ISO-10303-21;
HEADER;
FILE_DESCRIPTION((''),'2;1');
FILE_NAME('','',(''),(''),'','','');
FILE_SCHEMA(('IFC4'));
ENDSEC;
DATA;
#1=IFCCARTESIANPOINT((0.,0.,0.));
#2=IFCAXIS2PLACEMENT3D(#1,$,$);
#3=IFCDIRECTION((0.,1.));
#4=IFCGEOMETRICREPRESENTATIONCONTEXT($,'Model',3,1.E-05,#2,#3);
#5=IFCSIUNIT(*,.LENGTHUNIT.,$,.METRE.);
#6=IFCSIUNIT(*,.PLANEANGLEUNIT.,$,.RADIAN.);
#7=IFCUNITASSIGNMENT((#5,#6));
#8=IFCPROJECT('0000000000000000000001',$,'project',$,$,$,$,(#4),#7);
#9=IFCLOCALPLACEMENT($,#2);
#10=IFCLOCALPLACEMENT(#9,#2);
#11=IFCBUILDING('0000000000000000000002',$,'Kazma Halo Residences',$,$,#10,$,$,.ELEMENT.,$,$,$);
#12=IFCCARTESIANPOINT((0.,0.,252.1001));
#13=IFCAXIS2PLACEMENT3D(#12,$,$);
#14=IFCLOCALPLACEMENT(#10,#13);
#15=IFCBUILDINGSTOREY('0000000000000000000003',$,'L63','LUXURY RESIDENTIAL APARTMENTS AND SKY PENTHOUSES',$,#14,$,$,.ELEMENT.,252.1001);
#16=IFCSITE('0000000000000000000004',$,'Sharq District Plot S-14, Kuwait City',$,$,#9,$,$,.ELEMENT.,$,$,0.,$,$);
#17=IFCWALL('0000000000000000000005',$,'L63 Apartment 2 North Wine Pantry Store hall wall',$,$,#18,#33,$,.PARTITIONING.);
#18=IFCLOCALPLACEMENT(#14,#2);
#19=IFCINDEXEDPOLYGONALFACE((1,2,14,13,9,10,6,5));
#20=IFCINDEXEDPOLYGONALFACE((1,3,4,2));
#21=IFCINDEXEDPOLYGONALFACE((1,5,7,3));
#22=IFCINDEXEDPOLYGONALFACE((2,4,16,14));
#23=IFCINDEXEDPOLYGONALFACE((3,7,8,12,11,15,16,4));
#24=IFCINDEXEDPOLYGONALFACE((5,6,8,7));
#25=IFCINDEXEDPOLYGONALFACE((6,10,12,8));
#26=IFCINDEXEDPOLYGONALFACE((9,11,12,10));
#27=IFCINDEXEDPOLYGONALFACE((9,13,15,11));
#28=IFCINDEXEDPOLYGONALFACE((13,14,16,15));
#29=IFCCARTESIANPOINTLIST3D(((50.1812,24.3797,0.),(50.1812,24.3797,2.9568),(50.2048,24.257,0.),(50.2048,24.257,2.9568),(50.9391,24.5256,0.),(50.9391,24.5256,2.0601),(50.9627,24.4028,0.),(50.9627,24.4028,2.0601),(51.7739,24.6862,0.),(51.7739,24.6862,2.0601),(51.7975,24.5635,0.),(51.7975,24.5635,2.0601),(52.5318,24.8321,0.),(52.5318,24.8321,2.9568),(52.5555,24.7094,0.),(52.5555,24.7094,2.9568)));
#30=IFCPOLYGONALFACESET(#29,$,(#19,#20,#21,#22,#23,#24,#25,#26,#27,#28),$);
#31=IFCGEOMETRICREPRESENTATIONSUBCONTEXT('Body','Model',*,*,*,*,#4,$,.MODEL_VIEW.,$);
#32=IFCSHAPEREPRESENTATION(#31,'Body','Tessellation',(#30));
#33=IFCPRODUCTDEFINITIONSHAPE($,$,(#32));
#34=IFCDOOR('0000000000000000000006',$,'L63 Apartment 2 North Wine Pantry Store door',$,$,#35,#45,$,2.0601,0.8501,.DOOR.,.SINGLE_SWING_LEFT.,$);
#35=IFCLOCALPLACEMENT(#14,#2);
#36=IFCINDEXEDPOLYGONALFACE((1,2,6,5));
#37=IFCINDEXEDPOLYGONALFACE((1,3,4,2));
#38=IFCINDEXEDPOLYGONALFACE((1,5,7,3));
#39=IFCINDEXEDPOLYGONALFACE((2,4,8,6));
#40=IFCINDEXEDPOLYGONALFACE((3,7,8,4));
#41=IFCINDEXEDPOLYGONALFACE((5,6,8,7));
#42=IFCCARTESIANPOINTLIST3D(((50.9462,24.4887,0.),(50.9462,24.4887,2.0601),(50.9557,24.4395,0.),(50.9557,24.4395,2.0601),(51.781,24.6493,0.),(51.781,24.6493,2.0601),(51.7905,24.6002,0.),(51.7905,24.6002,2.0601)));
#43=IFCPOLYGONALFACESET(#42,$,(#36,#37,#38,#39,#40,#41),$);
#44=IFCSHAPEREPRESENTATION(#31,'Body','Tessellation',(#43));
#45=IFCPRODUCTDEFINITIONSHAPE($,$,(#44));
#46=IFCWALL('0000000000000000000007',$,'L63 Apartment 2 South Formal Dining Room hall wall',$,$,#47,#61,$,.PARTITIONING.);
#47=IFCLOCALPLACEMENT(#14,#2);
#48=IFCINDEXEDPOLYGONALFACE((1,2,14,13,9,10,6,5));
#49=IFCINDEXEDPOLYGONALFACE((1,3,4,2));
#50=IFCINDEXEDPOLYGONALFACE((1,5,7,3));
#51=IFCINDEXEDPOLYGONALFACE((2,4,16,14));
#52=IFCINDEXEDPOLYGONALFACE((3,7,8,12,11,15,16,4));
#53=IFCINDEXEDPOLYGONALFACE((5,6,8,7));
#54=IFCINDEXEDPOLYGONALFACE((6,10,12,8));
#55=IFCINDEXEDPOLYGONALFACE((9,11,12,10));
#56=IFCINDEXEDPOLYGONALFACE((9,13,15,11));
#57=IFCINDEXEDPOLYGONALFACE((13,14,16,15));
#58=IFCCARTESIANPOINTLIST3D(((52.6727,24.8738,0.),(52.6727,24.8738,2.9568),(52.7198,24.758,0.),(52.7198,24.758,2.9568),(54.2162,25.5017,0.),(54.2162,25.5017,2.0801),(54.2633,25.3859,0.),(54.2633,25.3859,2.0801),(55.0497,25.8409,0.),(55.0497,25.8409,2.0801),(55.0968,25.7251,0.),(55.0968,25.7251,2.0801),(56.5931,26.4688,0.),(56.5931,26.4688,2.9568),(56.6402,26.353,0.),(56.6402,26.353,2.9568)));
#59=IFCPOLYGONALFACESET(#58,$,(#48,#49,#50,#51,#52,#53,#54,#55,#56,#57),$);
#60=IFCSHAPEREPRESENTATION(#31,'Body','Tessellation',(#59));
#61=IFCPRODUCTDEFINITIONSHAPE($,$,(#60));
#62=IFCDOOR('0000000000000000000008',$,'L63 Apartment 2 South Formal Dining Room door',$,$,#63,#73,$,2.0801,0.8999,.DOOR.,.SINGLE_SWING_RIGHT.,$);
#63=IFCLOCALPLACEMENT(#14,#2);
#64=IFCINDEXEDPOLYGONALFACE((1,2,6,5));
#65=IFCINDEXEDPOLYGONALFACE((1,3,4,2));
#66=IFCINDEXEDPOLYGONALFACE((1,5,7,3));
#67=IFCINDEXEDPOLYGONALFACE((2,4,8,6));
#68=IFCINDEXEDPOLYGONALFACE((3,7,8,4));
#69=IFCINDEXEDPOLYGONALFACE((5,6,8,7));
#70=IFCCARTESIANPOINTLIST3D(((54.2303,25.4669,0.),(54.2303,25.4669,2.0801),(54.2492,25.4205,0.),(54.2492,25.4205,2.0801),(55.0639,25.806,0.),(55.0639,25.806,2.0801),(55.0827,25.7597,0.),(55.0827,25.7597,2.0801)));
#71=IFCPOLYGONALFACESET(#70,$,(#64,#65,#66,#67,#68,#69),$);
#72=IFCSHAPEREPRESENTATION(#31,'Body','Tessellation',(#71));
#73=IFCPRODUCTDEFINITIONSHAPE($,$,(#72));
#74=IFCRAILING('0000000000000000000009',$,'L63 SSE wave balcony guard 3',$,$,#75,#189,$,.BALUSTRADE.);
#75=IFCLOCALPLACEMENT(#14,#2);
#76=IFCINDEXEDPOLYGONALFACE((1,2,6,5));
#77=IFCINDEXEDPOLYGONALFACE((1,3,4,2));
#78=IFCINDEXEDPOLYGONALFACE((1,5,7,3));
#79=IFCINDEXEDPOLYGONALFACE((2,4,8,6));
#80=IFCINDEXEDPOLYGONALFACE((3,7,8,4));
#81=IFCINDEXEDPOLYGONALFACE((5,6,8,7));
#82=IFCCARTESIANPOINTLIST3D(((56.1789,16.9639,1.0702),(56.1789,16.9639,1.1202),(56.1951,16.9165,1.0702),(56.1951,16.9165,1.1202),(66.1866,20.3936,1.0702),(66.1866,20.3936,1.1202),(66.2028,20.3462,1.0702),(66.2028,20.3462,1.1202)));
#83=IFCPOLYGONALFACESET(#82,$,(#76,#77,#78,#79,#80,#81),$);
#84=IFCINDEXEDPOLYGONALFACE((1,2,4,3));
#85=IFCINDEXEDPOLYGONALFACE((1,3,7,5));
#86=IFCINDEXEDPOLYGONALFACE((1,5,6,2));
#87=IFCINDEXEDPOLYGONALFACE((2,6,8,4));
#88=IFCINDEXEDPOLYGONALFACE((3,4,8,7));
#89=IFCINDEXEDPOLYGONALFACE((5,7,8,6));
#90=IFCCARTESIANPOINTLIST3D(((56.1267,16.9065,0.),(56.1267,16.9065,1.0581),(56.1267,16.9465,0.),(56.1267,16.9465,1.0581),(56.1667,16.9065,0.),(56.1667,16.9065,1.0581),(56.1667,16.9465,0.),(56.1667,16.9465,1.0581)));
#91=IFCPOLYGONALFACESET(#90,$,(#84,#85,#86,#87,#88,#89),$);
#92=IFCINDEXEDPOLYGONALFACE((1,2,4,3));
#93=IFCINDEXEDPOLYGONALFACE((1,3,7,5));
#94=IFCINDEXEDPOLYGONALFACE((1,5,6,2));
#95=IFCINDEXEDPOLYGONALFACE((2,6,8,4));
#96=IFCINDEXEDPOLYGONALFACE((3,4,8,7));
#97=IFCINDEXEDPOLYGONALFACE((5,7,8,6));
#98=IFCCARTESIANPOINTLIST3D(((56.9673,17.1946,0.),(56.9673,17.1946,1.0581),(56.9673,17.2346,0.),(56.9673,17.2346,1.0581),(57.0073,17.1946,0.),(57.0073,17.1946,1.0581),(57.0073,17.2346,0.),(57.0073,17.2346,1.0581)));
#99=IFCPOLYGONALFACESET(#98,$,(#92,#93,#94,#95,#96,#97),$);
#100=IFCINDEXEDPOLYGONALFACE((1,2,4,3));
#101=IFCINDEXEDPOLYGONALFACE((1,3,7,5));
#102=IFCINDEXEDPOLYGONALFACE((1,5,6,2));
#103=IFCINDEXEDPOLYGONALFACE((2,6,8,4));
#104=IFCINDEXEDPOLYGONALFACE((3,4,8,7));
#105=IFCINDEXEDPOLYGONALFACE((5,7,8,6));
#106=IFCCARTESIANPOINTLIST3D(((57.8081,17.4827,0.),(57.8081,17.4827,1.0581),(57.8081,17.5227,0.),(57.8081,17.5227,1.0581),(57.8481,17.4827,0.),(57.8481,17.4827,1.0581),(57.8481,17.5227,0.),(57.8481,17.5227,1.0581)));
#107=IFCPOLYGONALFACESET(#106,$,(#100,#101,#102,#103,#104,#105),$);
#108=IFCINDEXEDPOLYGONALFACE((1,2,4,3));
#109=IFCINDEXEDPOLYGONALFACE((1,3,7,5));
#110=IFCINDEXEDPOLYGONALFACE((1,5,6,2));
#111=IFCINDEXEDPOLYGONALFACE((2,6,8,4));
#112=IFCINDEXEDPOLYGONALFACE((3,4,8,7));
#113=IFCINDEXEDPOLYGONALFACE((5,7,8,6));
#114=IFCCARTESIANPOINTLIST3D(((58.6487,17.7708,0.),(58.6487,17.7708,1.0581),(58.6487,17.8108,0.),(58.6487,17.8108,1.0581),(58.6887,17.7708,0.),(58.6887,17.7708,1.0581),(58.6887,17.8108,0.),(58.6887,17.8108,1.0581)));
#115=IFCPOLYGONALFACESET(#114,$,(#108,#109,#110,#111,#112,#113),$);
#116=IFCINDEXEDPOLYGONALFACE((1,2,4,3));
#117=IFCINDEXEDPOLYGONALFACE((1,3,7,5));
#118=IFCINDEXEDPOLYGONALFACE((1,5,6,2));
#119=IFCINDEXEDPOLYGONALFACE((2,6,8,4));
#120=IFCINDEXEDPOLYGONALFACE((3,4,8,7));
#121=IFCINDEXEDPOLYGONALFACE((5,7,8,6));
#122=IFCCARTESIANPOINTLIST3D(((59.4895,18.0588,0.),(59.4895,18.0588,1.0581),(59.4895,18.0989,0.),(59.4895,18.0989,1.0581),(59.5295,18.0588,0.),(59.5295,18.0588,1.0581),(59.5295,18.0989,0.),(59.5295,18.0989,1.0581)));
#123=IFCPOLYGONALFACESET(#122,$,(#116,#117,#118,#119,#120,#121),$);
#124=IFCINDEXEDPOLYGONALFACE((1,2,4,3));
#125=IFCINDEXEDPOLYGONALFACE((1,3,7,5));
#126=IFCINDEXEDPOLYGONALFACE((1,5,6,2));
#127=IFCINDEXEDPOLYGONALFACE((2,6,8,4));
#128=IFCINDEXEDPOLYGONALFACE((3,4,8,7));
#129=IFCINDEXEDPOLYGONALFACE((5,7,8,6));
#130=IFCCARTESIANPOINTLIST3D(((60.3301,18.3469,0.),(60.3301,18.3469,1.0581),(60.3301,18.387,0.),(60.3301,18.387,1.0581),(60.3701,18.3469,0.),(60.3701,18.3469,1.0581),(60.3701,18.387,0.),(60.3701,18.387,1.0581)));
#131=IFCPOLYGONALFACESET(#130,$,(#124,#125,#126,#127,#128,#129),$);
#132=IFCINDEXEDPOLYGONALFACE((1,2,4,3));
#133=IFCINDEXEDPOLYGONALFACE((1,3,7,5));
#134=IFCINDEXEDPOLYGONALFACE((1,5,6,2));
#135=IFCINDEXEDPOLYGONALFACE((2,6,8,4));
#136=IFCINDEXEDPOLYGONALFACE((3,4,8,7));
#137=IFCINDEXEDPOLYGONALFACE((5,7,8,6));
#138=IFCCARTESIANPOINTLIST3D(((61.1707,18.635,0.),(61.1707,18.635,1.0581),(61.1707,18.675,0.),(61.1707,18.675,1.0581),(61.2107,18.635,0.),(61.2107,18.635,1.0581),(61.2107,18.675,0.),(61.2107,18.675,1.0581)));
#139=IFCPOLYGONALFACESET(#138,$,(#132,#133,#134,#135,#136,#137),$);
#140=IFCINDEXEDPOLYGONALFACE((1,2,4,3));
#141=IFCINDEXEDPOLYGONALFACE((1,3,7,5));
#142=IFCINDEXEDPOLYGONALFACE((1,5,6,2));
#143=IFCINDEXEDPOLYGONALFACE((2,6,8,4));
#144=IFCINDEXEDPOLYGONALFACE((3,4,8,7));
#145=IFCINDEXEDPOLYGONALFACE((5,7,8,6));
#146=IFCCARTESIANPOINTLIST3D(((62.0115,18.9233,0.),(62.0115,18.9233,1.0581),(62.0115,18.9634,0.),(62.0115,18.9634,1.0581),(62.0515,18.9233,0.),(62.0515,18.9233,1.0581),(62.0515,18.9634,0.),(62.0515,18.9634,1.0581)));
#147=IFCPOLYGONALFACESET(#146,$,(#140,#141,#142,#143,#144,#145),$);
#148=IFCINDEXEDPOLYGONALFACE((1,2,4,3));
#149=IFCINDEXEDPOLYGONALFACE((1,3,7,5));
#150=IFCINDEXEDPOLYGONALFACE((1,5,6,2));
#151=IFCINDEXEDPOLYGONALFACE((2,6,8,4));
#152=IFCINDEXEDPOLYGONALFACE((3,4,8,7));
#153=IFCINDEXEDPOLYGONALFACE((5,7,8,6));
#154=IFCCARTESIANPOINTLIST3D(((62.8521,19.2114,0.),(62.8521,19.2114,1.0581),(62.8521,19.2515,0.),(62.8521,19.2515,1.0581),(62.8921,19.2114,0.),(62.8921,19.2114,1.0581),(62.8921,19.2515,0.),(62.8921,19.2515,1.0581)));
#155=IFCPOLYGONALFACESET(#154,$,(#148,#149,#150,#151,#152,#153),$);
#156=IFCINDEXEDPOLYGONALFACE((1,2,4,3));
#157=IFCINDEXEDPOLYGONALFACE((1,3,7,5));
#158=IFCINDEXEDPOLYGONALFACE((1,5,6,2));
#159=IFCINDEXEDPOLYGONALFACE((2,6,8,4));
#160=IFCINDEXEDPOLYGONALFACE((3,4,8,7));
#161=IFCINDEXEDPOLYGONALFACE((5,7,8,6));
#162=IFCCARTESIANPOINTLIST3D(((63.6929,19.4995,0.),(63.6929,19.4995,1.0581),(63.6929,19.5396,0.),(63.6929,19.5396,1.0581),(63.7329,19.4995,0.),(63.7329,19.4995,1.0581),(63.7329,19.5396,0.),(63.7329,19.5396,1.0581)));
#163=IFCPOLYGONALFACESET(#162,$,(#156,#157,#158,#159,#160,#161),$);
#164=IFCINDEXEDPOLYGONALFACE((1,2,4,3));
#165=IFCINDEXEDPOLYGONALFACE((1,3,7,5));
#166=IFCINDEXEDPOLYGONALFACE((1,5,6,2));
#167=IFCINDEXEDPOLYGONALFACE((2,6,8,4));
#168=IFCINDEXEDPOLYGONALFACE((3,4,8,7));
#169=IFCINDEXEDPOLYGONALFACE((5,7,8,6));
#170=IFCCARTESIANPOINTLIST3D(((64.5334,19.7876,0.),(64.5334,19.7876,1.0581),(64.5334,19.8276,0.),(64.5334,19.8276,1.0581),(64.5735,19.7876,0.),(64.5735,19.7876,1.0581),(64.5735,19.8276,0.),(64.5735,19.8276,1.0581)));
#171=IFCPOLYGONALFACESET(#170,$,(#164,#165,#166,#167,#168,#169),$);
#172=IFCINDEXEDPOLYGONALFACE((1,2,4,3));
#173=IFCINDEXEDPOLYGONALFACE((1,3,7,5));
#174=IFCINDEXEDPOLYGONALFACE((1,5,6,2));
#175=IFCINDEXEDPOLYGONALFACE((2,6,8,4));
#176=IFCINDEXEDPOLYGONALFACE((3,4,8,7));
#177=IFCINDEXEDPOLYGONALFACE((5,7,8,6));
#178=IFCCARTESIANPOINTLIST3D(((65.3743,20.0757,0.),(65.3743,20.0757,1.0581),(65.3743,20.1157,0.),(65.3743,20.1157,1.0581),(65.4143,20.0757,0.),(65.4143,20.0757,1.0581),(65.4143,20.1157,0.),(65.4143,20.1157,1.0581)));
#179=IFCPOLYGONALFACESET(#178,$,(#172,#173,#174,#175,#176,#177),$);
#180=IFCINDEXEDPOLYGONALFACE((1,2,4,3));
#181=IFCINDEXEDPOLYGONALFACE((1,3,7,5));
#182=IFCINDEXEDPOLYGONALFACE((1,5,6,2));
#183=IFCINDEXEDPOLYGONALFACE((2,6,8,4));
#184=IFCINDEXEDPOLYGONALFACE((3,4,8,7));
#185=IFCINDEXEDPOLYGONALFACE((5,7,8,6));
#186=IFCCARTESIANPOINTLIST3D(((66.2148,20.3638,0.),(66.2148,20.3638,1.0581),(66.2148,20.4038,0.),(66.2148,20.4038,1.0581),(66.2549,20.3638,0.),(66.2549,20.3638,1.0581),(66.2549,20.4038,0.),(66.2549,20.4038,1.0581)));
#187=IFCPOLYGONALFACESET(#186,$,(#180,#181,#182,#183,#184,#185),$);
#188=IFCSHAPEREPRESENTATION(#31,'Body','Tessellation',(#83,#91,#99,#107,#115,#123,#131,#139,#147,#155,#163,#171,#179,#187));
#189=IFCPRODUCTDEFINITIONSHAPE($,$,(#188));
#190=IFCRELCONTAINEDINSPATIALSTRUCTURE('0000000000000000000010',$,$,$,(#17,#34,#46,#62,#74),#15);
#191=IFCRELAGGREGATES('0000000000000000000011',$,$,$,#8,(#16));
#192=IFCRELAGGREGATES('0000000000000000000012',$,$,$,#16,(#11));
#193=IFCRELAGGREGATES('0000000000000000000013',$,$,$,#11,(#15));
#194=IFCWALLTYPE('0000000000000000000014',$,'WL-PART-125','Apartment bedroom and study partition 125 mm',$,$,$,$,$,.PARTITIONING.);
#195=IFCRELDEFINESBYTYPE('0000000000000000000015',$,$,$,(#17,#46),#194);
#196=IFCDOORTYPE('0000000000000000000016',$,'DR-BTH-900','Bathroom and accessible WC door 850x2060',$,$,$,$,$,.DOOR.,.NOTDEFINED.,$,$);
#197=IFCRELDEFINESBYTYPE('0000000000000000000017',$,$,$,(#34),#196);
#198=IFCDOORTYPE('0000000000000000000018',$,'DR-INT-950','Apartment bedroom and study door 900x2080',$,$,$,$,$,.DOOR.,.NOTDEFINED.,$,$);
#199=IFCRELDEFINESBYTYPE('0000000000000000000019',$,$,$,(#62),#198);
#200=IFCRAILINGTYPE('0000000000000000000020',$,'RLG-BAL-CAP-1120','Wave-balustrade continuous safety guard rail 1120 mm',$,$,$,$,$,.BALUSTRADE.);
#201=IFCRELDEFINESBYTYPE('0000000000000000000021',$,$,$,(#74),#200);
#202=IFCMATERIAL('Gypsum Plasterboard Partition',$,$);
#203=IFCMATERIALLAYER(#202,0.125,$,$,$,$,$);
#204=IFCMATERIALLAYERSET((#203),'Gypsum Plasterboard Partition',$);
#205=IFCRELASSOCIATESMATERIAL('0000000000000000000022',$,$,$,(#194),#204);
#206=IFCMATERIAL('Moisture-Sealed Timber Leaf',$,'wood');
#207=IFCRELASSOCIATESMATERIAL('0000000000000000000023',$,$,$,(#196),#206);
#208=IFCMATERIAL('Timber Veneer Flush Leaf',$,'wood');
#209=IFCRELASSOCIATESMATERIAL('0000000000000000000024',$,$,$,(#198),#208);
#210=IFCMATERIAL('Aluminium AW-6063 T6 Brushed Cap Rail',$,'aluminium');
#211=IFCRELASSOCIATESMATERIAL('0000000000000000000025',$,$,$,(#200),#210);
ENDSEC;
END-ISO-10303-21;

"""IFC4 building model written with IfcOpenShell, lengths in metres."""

from ifc_helpers import new_model, si_unit, direction, frame, frame_2d, origin, origin_2d, place, context, subcontext, project, spatial, rectangle, extrude, material, layer, layer_set, type_object, element, fill, save


model = new_model("IFC4")

# Units and contexts
model_context = context("Model", 3, precision=1e-05, world=origin(), true_north=direction((0.0, 1.0)))
body_context = subcontext(model_context, "Body", "Model", "MODEL_VIEW")
ifc_project = project(units=[si_unit("LENGTHUNIT", "METRE"), si_unit("PLANEANGLEUNIT", "RADIAN")], contexts=[model_context])

# Site, building, storey
site_placement = place(None, origin())
site = spatial("IfcSite", under=ifc_project, at=site_placement, Name="Sharq District Plot S-14, Kuwait City", CompositionType="ELEMENT", RefElevation=0.0)
building_placement = place(site_placement, origin())
building = spatial("IfcBuilding", under=site, at=building_placement, Name="Kazma Halo Residences", CompositionType="ELEMENT")
storey_placement = place(building_placement, frame((0.0, 0.0, 252.1001)))
storey = spatial("IfcBuildingStorey", under=building, at=storey_placement, Name="L63", Description="LUXURY RESIDENTIAL APARTMENTS AND SKY PENTHOUSES", CompositionType="ELEMENT", Elevation=252.1001)

# Shared definitions
ifc_material_1 = material(Name="Gypsum Plasterboard Partition")
ifc_layer_1 = layer(ifc_material_1, 0.125)
ifc_layer_set_1 = layer_set([ifc_layer_1], Name="Gypsum Plasterboard Partition")
wall_type_1 = type_object("IfcWallType", Name="WL-PART-125", Description="Apartment bedroom and study partition 125 mm", PredefinedType="PARTITIONING", material=ifc_layer_set_1)

# Walls, openings, doors
wall_1_placement = place(storey_placement, frame((50.1931, 24.3184, 0.0), z_axis=(0.0, 0.0, 1.0), x_axis=(0.981979, 0.188991, 0.0)))
wall_1 = element("IfcWall", 1, at=wall_1_placement, inside=storey, type_object=wall_type_1, Name="L63 Apartment 2 North Wine Pantry Store hall wall", PredefinedType="PARTITIONING", context=body_context, shape_type="SweptSolid", body=[
    extrude(rectangle(XDim=2.3938, YDim=0.125, at=frame_2d((1.1968, 0.0))), origin(), (0.0, 0.0, 1.0), 2.9568),
])
opening_1_placement = place(wall_1_placement, frame((0.7717, 0.0, 0.0)))
opening_1 = element("IfcOpeningElement", 2, at=opening_1_placement, cuts=wall_1, PredefinedType="OPENING", context=body_context, shape_type="SweptSolid", body=[
    extrude(rectangle(XDim=0.8501, YDim=2.0601, at=frame_2d((0.425, 1.03))), frame((0.0, 0.0725, 0.0), z_axis=(0.0, -1.0, 0.0), x_axis=(1.0, 0.0, 0.0)), (0.0, 0.0, 1.0), 0.145),
])
ifc_material_2 = material(Name="Moisture-Sealed Timber Leaf", Category="wood")
door_type_1 = type_object("IfcDoorType", Name="DR-BTH-900", Description="Bathroom and accessible WC door 850x2060", OperationType="NOTDEFINED", PredefinedType="DOOR", material=ifc_material_2)
door_1_placement = place(opening_1_placement, origin())
door_1 = element("IfcDoor", 3, at=door_1_placement, inside=storey, type_object=door_type_1, Name="L63 Apartment 2 North Wine Pantry Store door", OperationType="SINGLE_SWING_LEFT", OverallHeight=2.0601, OverallWidth=0.8501, PredefinedType="DOOR", context=body_context, shape_type="SweptSolid", body=[
    extrude(rectangle(XDim=0.8501, YDim=2.0601, at=frame_2d((0.425, 1.03))), frame((0.0, 0.0249, 0.0), z_axis=(0.0, -1.0, 0.0), x_axis=(1.0, 0.0, 0.0)), (0.0, 0.0, 1.0), 0.05),
])
fill(opening_1, door_1)
wall_2_placement = place(storey_placement, frame((52.6963, 24.8159, 0.0), z_axis=(0.0, 0.0, 1.0), x_axis=(0.926277, 0.376844, 0.0)))
wall_2 = element("IfcWall", 4, at=wall_2_placement, inside=storey, type_object=wall_type_1, Name="L63 Apartment 2 South Formal Dining Room hall wall", PredefinedType="PARTITIONING", context=body_context, shape_type="SweptSolid", body=[
    extrude(rectangle(XDim=4.2324, YDim=0.125, at=frame_2d((2.1162, 0.0))), origin(), (0.0, 0.0, 1.0), 2.9568),
])
opening_2_placement = place(wall_2_placement, frame((1.6663, 0.0, 0.0)))
opening_2 = element("IfcOpeningElement", 5, at=opening_2_placement, cuts=wall_2, PredefinedType="OPENING", context=body_context, shape_type="SweptSolid", body=[
    extrude(rectangle(XDim=0.8999, YDim=2.0801, at=frame_2d((0.45, 1.04))), frame((0.0, 0.0725, 0.0), z_axis=(0.0, -1.0, 0.0), x_axis=(1.0, 0.0, 0.0)), (0.0, 0.0, 1.0), 0.145),
])
ifc_material_3 = material(Name="Timber Veneer Flush Leaf", Category="wood")
door_type_2 = type_object("IfcDoorType", Name="DR-INT-950", Description="Apartment bedroom and study door 900x2080", OperationType="NOTDEFINED", PredefinedType="DOOR", material=ifc_material_3)
door_2_placement = place(opening_2_placement, origin())
door_2 = element("IfcDoor", 6, at=door_2_placement, inside=storey, type_object=door_type_2, Name="L63 Apartment 2 South Formal Dining Room door", OperationType="SINGLE_SWING_RIGHT", OverallHeight=2.0801, OverallWidth=0.8999, PredefinedType="DOOR", context=body_context, shape_type="SweptSolid", body=[
    extrude(rectangle(XDim=0.8999, YDim=2.0801, at=frame_2d((0.45, 1.04))), frame((0.0, 0.0249, 0.0), z_axis=(0.0, -1.0, 0.0), x_axis=(1.0, 0.0, 0.0)), (0.0, 0.0, 1.0), 0.05),
])
fill(opening_2, door_2)

# Railing
ifc_material_4 = material(Name="Aluminium AW-6063 T6 Brushed Cap Rail", Category="aluminium")
railing_type_1 = type_object("IfcRailingType", Name="RLG-BAL-CAP-1120", Description="Wave-balustrade continuous safety guard rail 1120 mm", PredefinedType="BALUSTRADE", material=ifc_material_4)
railing_1_placement = place(storey_placement, frame((56.1467, 16.9265, 0.0)))
element("IfcRailing", 7, at=railing_1_placement, inside=storey, type_object=railing_type_1, Name="L63 SSE wave balcony guard 3", PredefinedType="BALUSTRADE", context=body_context, shape_type="SweptSolid", body=[
    extrude(rectangle(XDim=0.05, YDim=0.05, at=origin_2d()), frame((0.0403, 0.0137, 1.0952), z_axis=(0.945989, 0.324197, 0.0), x_axis=(-0.324197, 0.945989, 0.0)), (0.0, 0.0, 1.0), 10.5791),
    extrude(rectangle(XDim=0.04, YDim=0.04, at=origin_2d()), origin(), (0.0, 0.0, 1.0), 1.0581),
    extrude(rectangle(XDim=0.04, YDim=0.04, at=origin_2d()), frame((0.8406, 0.2881, 0.0)), (0.0, 0.0, 1.0), 1.0581),
    extrude(rectangle(XDim=0.04, YDim=0.04, at=origin_2d()), frame((1.6814, 0.5762, 0.0)), (0.0, 0.0, 1.0), 1.0581),
    extrude(rectangle(XDim=0.04, YDim=0.04, at=origin_2d()), frame((2.522, 0.8643, 0.0)), (0.0, 0.0, 1.0), 1.0581),
    extrude(rectangle(XDim=0.04, YDim=0.04, at=origin_2d()), frame((3.3628, 1.1523, 0.0)), (0.0, 0.0, 1.0), 1.0581),
    extrude(rectangle(XDim=0.04, YDim=0.04, at=origin_2d()), frame((4.2034, 1.4404, 0.0)), (0.0, 0.0, 1.0), 1.0581),
    extrude(rectangle(XDim=0.04, YDim=0.04, at=origin_2d()), frame((5.0439, 1.7285, 0.0)), (0.0, 0.0, 1.0), 1.0581),
    extrude(rectangle(XDim=0.04, YDim=0.04, at=origin_2d()), frame((5.8848, 2.0168, 0.0)), (0.0, 0.0, 1.0), 1.0581),
    extrude(rectangle(XDim=0.04, YDim=0.04, at=origin_2d()), frame((6.7253, 2.3049, 0.0)), (0.0, 0.0, 1.0), 1.0581),
    extrude(rectangle(XDim=0.04, YDim=0.04, at=origin_2d()), frame((7.5662, 2.593, 0.0)), (0.0, 0.0, 1.0), 1.0581),
    extrude(rectangle(XDim=0.04, YDim=0.04, at=origin_2d()), frame((8.4067, 2.8811, 0.0)), (0.0, 0.0, 1.0), 1.0581),
    extrude(rectangle(XDim=0.04, YDim=0.04, at=origin_2d()), frame((9.2476, 3.1692, 0.0)), (0.0, 0.0, 1.0), 1.0581),
    extrude(rectangle(XDim=0.04, YDim=0.04, at=origin_2d()), frame((10.0881, 3.4573, 0.0)), (0.0, 0.0, 1.0), 1.0581),
])

save(model, "model.ifc")
